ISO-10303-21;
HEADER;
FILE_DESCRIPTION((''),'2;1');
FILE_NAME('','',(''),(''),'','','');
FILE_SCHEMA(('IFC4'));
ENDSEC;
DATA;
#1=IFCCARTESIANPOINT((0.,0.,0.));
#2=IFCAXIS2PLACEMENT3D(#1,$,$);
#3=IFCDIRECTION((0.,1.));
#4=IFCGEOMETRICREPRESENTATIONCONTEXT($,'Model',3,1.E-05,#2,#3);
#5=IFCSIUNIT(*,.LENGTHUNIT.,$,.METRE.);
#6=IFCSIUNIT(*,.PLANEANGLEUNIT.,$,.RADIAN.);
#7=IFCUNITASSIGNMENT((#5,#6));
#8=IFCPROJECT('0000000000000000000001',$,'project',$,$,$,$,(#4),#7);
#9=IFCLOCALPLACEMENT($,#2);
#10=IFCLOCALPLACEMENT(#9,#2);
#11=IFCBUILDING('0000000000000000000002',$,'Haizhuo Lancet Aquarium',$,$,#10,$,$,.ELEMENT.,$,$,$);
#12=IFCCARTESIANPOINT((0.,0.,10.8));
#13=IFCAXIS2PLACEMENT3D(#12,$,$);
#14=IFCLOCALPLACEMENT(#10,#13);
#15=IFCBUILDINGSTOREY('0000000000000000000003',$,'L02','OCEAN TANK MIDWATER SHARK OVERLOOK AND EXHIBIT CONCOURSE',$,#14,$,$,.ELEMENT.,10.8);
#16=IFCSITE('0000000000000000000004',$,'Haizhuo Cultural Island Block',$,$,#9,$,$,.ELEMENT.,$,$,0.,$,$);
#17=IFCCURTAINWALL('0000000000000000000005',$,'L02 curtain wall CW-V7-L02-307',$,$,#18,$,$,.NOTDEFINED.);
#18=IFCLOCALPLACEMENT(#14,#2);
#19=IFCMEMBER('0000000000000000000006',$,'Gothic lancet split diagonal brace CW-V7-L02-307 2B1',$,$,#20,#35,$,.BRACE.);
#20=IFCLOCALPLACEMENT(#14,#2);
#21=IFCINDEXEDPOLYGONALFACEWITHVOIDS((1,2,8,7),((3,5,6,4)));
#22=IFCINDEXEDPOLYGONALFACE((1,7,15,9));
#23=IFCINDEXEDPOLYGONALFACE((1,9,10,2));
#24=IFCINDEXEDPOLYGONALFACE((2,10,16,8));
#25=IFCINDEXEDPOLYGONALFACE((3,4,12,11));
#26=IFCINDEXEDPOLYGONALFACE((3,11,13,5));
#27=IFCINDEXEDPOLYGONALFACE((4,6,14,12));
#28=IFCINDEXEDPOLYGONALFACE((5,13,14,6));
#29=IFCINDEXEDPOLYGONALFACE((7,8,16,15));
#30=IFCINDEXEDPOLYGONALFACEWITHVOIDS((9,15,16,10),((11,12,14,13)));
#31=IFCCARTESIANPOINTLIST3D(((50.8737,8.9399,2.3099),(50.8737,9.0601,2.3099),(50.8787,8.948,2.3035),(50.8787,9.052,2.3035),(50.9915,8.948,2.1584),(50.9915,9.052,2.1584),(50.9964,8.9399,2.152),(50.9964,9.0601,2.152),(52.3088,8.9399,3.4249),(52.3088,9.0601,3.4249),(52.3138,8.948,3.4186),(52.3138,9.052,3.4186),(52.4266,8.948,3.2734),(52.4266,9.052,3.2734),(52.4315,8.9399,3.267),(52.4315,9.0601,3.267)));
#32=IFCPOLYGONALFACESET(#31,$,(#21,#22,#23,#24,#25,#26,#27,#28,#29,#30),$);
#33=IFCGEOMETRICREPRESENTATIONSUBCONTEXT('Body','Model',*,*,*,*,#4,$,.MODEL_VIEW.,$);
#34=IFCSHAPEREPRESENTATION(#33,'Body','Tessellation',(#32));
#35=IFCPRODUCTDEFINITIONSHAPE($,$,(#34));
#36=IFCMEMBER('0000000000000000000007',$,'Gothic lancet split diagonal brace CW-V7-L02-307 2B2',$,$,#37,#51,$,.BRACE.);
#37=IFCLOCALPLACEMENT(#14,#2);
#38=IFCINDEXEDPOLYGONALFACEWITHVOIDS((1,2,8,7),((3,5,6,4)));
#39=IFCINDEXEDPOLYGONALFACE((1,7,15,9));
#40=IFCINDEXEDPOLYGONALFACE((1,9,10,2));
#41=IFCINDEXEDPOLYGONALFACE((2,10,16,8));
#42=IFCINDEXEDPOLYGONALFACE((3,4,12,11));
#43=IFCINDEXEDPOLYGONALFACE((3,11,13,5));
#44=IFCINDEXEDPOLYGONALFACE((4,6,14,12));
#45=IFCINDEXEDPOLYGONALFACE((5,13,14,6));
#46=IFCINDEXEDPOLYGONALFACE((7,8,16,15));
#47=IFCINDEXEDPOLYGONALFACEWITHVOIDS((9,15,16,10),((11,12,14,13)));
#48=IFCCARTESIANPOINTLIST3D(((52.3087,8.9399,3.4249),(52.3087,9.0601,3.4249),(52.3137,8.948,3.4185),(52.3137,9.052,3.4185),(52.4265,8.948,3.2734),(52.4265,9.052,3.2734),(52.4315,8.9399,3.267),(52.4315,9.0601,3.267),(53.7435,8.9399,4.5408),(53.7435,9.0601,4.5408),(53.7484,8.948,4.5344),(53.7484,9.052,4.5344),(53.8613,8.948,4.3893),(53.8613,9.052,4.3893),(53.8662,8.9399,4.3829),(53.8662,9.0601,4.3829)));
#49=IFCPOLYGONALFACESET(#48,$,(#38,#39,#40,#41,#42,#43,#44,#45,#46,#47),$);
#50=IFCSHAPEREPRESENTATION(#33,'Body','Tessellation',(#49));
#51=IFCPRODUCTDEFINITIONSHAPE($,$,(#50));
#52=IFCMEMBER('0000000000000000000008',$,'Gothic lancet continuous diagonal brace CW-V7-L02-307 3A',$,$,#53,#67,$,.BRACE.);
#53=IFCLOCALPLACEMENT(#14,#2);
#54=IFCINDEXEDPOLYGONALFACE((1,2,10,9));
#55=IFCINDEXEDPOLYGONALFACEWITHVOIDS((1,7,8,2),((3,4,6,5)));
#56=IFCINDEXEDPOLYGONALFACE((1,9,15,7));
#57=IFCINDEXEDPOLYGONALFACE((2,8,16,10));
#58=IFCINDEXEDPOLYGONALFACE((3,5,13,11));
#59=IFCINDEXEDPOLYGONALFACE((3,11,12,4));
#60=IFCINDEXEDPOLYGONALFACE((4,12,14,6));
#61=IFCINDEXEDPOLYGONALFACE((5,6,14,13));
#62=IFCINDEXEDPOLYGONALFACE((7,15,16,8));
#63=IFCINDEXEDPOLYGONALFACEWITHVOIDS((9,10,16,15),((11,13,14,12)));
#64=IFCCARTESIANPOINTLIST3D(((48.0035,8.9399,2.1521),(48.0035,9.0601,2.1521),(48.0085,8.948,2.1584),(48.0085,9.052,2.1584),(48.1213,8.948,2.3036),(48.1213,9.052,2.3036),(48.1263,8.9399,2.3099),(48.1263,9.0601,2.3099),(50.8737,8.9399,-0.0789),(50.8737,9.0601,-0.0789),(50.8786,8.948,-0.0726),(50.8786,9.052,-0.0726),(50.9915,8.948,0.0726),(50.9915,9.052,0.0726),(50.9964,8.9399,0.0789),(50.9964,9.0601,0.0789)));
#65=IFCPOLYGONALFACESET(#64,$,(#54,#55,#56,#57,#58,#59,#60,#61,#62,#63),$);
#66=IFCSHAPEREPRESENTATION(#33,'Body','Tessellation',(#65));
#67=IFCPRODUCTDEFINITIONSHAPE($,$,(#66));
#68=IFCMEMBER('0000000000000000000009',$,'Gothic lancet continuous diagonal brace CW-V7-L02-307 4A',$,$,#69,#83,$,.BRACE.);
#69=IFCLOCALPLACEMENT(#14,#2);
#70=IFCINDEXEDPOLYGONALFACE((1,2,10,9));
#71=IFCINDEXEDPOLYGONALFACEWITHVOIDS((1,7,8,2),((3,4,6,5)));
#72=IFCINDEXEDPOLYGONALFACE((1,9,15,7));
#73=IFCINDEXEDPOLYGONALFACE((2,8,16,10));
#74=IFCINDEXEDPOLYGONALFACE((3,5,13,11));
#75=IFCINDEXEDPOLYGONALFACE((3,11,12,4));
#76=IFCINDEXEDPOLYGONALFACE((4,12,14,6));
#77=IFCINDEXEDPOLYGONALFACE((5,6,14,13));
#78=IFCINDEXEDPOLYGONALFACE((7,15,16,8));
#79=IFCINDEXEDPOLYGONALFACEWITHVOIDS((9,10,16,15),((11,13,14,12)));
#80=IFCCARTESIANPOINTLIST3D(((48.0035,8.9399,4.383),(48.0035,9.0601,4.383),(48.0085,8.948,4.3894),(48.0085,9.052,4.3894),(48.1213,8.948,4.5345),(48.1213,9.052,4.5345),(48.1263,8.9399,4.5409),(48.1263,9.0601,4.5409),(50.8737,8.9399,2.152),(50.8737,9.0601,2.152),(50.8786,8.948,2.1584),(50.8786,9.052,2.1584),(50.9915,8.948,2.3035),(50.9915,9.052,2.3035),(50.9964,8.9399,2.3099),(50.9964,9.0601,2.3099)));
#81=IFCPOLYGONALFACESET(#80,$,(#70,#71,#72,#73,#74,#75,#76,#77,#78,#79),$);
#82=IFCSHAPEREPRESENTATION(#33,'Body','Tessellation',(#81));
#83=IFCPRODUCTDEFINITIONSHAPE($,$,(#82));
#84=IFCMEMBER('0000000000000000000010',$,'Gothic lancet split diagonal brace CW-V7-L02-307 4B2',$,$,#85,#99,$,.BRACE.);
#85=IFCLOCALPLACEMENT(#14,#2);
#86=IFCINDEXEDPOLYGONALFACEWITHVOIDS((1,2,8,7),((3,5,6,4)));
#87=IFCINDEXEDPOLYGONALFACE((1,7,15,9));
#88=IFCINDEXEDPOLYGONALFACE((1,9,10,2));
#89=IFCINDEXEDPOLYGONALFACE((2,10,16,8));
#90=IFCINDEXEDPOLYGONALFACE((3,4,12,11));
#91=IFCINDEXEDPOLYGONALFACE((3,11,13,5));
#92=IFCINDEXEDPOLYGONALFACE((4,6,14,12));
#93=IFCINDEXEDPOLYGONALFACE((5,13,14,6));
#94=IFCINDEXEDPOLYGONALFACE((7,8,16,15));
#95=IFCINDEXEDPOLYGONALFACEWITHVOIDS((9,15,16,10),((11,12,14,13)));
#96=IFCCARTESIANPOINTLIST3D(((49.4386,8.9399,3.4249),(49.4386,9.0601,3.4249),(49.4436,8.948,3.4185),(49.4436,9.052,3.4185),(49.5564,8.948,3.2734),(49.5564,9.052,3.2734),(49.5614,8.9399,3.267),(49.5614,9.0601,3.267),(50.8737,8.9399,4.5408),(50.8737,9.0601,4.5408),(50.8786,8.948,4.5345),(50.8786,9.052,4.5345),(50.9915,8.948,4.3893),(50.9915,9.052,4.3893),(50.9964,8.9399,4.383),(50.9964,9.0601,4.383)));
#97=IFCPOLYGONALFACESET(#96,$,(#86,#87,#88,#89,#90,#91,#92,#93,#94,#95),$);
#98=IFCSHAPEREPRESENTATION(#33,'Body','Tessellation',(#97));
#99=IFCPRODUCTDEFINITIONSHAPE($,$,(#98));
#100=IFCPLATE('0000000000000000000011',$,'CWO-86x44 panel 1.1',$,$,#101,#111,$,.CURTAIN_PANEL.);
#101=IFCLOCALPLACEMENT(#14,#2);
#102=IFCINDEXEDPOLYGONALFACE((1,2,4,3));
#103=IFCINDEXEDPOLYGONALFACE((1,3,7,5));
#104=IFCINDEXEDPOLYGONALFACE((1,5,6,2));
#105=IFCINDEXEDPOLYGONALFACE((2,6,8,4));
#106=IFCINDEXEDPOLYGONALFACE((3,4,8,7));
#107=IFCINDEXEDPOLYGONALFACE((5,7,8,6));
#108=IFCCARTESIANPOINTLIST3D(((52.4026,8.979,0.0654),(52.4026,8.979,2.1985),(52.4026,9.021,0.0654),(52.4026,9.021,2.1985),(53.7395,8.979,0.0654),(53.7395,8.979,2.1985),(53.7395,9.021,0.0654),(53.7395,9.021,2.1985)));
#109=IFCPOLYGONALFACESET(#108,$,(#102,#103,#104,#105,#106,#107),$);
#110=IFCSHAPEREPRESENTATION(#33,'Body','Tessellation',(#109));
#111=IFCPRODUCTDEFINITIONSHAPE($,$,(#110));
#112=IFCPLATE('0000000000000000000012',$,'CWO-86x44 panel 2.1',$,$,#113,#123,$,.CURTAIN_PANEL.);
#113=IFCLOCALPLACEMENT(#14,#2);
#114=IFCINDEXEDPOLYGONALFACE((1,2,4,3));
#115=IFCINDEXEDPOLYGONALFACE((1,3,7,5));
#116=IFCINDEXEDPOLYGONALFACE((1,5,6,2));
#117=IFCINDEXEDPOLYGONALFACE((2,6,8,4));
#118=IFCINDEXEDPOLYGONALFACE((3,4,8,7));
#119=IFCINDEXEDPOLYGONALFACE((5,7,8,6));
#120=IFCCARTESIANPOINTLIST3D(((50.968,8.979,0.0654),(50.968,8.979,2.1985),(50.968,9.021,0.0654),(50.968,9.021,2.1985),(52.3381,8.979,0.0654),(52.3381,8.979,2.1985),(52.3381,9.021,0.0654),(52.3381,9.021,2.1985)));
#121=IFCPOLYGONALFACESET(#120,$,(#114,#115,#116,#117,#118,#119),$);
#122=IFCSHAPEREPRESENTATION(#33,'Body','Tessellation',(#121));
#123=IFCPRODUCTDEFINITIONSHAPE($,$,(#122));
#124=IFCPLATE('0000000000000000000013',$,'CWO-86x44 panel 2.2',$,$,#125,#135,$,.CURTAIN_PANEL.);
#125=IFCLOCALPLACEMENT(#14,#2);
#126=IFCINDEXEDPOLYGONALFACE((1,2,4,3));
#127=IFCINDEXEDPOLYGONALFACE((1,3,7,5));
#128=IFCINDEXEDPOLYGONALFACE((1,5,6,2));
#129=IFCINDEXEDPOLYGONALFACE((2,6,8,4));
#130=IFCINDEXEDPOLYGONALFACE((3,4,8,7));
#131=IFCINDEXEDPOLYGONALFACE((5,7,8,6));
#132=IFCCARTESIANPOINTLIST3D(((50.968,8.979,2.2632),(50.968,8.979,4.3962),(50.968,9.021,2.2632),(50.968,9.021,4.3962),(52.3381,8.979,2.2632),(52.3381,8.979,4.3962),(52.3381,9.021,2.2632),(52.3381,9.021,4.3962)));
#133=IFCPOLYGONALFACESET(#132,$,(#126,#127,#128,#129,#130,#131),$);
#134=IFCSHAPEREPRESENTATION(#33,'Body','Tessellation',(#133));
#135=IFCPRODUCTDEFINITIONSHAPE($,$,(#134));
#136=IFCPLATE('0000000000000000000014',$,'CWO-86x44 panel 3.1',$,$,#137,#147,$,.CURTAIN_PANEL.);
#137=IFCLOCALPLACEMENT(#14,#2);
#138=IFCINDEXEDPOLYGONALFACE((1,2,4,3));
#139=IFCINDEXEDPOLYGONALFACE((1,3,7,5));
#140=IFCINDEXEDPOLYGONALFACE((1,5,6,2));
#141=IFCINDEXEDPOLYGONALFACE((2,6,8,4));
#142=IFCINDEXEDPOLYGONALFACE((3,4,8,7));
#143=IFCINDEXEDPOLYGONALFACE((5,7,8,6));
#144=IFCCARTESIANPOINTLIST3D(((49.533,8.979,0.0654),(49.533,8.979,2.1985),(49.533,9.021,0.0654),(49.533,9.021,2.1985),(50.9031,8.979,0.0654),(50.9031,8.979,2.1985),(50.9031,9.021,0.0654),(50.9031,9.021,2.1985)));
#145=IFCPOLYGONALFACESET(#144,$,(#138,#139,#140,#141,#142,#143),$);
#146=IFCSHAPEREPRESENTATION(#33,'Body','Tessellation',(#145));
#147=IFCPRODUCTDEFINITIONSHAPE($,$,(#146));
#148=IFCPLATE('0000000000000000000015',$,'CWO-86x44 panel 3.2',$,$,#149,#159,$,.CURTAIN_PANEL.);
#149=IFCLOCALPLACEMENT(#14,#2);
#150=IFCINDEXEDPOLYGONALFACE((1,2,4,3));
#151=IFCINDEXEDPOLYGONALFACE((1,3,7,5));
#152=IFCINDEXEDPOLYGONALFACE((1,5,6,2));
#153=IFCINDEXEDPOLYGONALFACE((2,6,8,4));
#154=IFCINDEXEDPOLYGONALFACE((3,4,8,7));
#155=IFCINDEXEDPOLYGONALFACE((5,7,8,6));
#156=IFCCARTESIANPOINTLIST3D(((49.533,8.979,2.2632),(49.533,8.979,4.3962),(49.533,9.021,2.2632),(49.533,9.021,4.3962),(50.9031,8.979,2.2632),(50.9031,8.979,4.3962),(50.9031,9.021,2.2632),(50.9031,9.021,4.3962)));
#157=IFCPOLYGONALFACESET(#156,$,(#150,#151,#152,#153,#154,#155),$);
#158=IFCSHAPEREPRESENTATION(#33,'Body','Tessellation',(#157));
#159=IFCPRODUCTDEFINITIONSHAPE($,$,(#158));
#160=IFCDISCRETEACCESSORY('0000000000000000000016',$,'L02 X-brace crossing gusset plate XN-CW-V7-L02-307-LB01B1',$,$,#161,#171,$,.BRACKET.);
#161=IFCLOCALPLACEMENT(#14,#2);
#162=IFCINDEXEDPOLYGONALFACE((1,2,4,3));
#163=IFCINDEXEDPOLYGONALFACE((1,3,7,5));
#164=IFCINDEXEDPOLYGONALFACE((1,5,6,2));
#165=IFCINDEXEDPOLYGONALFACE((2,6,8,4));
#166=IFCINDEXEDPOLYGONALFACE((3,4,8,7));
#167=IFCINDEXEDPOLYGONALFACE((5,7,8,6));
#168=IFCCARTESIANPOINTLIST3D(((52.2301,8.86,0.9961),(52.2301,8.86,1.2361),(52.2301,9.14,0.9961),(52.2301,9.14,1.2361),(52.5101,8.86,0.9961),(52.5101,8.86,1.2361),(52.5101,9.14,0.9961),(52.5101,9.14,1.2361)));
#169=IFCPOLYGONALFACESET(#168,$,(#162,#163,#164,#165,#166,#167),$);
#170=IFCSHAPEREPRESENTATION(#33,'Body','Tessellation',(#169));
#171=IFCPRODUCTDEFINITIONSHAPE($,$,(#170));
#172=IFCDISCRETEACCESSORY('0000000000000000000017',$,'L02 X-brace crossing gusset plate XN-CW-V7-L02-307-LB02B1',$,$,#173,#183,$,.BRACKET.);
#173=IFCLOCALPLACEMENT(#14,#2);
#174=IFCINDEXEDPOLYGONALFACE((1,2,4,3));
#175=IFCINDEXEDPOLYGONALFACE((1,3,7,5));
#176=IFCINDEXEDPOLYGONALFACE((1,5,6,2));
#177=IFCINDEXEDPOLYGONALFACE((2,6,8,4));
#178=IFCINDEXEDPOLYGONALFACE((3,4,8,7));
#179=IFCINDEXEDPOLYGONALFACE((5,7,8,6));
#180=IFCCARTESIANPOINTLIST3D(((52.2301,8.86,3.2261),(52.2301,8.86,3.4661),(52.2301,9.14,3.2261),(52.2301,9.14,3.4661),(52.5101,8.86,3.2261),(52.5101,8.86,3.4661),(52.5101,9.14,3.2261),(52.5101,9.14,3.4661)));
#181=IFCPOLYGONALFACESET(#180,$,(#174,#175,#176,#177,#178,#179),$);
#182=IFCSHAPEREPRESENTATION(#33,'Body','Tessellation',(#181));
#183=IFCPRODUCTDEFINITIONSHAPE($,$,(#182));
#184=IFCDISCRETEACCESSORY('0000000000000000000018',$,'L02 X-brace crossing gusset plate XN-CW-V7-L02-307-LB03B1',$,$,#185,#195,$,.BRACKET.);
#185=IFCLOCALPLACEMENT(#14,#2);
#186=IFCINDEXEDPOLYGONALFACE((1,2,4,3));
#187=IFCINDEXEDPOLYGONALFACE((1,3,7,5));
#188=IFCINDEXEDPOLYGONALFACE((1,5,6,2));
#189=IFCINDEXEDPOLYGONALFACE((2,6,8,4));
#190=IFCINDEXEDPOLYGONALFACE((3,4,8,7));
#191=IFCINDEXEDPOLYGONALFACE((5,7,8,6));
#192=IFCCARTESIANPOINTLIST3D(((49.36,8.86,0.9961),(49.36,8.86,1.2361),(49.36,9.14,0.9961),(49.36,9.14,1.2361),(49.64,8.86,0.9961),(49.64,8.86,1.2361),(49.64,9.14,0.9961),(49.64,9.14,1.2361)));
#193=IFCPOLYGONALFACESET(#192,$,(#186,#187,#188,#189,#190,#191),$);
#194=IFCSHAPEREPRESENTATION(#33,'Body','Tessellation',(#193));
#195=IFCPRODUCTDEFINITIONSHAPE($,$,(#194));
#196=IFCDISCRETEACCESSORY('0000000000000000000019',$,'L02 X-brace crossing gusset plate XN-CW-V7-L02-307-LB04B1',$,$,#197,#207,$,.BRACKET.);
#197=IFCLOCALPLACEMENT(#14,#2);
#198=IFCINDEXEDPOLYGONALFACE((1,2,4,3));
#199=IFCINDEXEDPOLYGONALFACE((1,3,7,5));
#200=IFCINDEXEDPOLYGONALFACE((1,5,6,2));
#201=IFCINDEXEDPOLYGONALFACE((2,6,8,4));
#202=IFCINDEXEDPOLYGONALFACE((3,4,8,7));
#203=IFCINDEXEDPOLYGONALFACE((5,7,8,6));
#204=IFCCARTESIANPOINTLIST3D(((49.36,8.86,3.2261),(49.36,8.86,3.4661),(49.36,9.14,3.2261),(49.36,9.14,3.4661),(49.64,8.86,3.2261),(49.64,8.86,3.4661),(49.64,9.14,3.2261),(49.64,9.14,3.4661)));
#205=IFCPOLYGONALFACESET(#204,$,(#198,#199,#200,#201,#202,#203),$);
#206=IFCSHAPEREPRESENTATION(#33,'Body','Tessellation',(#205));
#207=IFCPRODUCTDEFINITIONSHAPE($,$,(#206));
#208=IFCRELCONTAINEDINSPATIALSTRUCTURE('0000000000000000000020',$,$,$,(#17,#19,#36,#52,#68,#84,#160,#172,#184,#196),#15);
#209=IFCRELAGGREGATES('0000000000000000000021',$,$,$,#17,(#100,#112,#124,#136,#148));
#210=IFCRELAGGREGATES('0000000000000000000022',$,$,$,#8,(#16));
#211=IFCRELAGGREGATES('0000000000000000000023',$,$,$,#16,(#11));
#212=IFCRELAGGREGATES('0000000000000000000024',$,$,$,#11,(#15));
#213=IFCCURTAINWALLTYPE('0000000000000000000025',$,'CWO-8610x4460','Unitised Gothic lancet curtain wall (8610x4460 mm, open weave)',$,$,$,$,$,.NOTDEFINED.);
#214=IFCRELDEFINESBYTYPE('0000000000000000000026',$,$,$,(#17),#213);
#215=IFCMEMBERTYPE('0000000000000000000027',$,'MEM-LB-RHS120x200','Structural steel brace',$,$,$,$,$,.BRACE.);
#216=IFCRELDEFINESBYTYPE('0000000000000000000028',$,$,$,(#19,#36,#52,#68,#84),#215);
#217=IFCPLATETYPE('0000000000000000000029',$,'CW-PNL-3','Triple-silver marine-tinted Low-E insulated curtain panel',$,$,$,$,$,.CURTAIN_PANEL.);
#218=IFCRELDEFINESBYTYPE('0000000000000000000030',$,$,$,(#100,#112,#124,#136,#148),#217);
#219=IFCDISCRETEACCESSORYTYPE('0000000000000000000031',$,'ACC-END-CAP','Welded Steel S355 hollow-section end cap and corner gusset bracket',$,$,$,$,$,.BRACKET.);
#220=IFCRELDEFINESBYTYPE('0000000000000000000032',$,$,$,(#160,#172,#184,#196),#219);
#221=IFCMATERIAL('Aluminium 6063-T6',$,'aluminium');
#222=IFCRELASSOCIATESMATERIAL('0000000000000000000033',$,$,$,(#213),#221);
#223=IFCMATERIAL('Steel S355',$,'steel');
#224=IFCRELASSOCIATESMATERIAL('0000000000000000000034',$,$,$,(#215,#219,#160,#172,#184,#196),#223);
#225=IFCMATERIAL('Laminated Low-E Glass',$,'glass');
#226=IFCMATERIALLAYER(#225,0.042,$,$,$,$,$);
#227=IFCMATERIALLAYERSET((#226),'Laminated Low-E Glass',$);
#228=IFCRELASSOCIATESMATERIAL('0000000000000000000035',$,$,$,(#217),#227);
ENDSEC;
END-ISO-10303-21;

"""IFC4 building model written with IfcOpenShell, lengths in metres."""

from ifc_helpers import new_model, si_unit, direction, frame, origin, origin_2d, place, context, subcontext, project, spatial, rectangle, hollow_rectangle, extrude, material, layer, layer_set, material_profile, profile_set, type_object, element, aggregate, save


model = new_model("IFC4")

# Units and contexts
model_context = context("Model", 3, precision=1e-05, world=origin(), true_north=direction((0.0, 1.0)))
body_context = subcontext(model_context, "Body", "Model", "MODEL_VIEW")
ifc_project = project(units=[si_unit("LENGTHUNIT", "METRE"), si_unit("PLANEANGLEUNIT", "RADIAN")], contexts=[model_context])

# Site, building, storey
site_placement = place(None, origin())
site = spatial("IfcSite", under=ifc_project, at=site_placement, Name="Haizhuo Cultural Island Block", CompositionType="ELEMENT", RefElevation=0.0)
building_placement = place(site_placement, origin())
building = spatial("IfcBuilding", under=site, at=building_placement, Name="Haizhuo Lancet Aquarium", CompositionType="ELEMENT")
storey_placement = place(building_placement, frame((0.0, 0.0, 10.8)))
storey = spatial("IfcBuildingStorey", under=building, at=storey_placement, Name="L02", Description="OCEAN TANK MIDWATER SHARK OVERLOOK AND EXHIBIT CONCOURSE", CompositionType="ELEMENT", Elevation=10.8)

# Curtain wall
ifc_material_1 = material(Name="Aluminium 6063-T6", Category="aluminium")
curtain_wall_type = type_object("IfcCurtainWallType", Name="CWO-8610x4460", Description="Unitised Gothic lancet curtain wall (8610x4460 mm, open weave)", PredefinedType="NOTDEFINED", material=ifc_material_1)
curtain_wall_placement = place(storey_placement, origin())
curtain_wall = element("IfcCurtainWall", 1, at=curtain_wall_placement, inside=storey, type_object=curtain_wall_type, Name="L02 curtain wall CW-V7-L02-307", PredefinedType="NOTDEFINED")

# Members
ifc_material_2 = material(Name="Steel S355", Category="steel")
ifc_material_profile_1 = material_profile(ifc_material_2, hollow_rectangle(XDim=0.1201, YDim=0.2, WallThickness=0.0081, at=origin_2d()), Name="RHS 120x200x8")
ifc_profile_set_1 = profile_set([ifc_material_profile_1], Name="Steel S355")
member_type_1 = type_object("IfcMemberType", Name="MEM-LB-RHS120x200", Description="Structural steel brace", PredefinedType="BRACE", material=ifc_profile_set_1)
member_1_placement = place(storey_placement, frame((50.9351, 9.0, 2.231), z_axis=(0.789663, 0.0, 0.613541), x_axis=(0.0, 1.0, 0.0)))
element("IfcMember", 2, at=member_1_placement, inside=storey, type_object=member_type_1, Name="Gothic lancet split diagonal brace CW-V7-L02-307 2B1", PredefinedType="BRACE", context=body_context, shape_type="SweptSolid", body=[
    extrude(hollow_rectangle(XDim=0.1201, YDim=0.2, WallThickness=0.0081, at=origin_2d()), origin(), (0.0, 0.0, 1.0), 1.8174),
])
member_2_placement = place(storey_placement, frame((52.3701, 9.0, 3.3459), z_axis=(0.789352, 0.0, 0.613941), x_axis=(0.0, 1.0, 0.0)))
element("IfcMember", 3, at=member_2_placement, inside=storey, type_object=member_type_1, Name="Gothic lancet split diagonal brace CW-V7-L02-307 2B2", PredefinedType="BRACE", context=body_context, shape_type="SweptSolid", body=[
    extrude(hollow_rectangle(XDim=0.1201, YDim=0.2, WallThickness=0.0081, at=origin_2d()), origin(), (0.0, 0.0, 1.0), 1.8176),
])
for number, where, z_axis, x_axis, name in (
    (4, (50.9351, 9.0, 0.0), (-0.789533, 0.0, 0.613708), (0.0, -1.0, 0.0), "Gothic lancet continuous diagonal brace CW-V7-L02-307 3A"),
    (5, (50.9351, 9.0, 2.231), (-0.789533, 0.0, 0.613708), (0.0, -1.0, 0.0), "Gothic lancet continuous diagonal brace CW-V7-L02-307 4A"),
):
    element("IfcMember", number, at=place(storey_placement, frame(where, z_axis=z_axis, x_axis=x_axis)), inside=storey, type_object=member_type_1, Name=name, PredefinedType="BRACE", context=body_context, shape_type="SweptSolid", body=[
        extrude(hollow_rectangle(XDim=0.1201, YDim=0.2, WallThickness=0.0081, at=origin_2d()), origin(), (0.0, 0.0, 1.0), 3.6353),
    ])
member_3_placement = place(storey_placement, frame((49.5, 9.0, 3.3459), z_axis=(0.789403, 0.0, 0.613876), x_axis=(0.0, 1.0, 0.0)))
element("IfcMember", 6, at=member_3_placement, inside=storey, type_object=member_type_1, Name="Gothic lancet split diagonal brace CW-V7-L02-307 4B2", PredefinedType="BRACE", context=body_context, shape_type="SweptSolid", body=[
    extrude(hollow_rectangle(XDim=0.1201, YDim=0.2, WallThickness=0.0081, at=origin_2d()), origin(), (0.0, 0.0, 1.0), 1.8179),
])

# Plates
ifc_material_3 = material(Name="Laminated Low-E Glass", Category="glass")
ifc_layer = layer(ifc_material_3, 0.042)
ifc_layer_set = layer_set([ifc_layer], Name="Laminated Low-E Glass")
plate_type = type_object("IfcPlateType", Name="CW-PNL-3", Description="Triple-silver marine-tinted Low-E insulated curtain panel", PredefinedType="CURTAIN_PANEL", material=ifc_layer_set)
plate_1_placement = place(storey_placement, frame((53.071, 9.0, 0.0654), z_axis=(0.0, 0.0, 1.0), x_axis=(-1.0, 0.0, 0.0)))
plate_1 = element("IfcPlate", 7, at=plate_1_placement, type_object=plate_type, Name="CWO-86x44 panel 1.1", PredefinedType="CURTAIN_PANEL", context=body_context, shape_type="SweptSolid", body=[
    extrude(rectangle(XDim=1.3369, YDim=0.042, at=origin_2d()), origin(), (0.0, 0.0, 1.0), 2.1331),
])
plate_2_placement = place(storey_placement, frame((51.6531, 9.0, 0.0654), z_axis=(0.0, 0.0, 1.0), x_axis=(-1.0, 0.0, 0.0)))
plate_2 = element("IfcPlate", 8, at=plate_2_placement, type_object=plate_type, Name="CWO-86x44 panel 2.1", PredefinedType="CURTAIN_PANEL", context=body_context, shape_type="SweptSolid", body=[
    extrude(rectangle(XDim=1.3701, YDim=0.042, at=origin_2d()), origin(), (0.0, 0.0, 1.0), 2.1331),
])
plate_3_placement = place(storey_placement, frame((51.6531, 9.0, 2.2632), z_axis=(0.0, 0.0, 1.0), x_axis=(-1.0, 0.0, 0.0)))
plate_3 = element("IfcPlate", 9, at=plate_3_placement, type_object=plate_type, Name="CWO-86x44 panel 2.2", PredefinedType="CURTAIN_PANEL", context=body_context, shape_type="SweptSolid", body=[
    extrude(rectangle(XDim=1.3701, YDim=0.042, at=origin_2d()), origin(), (0.0, 0.0, 1.0), 2.1331),
])
plate_4_placement = place(storey_placement, frame((50.218, 9.0, 0.0654), z_axis=(0.0, 0.0, 1.0), x_axis=(-1.0, 0.0, 0.0)))
plate_4 = element("IfcPlate", 10, at=plate_4_placement, type_object=plate_type, Name="CWO-86x44 panel 3.1", PredefinedType="CURTAIN_PANEL", context=body_context, shape_type="SweptSolid", body=[
    extrude(rectangle(XDim=1.3701, YDim=0.042, at=origin_2d()), origin(), (0.0, 0.0, 1.0), 2.1331),
])
plate_5_placement = place(storey_placement, frame((50.218, 9.0, 2.2632), z_axis=(0.0, 0.0, 1.0), x_axis=(-1.0, 0.0, 0.0)))
plate_5 = element("IfcPlate", 11, at=plate_5_placement, type_object=plate_type, Name="CWO-86x44 panel 3.2", PredefinedType="CURTAIN_PANEL", context=body_context, shape_type="SweptSolid", body=[
    extrude(rectangle(XDim=1.3701, YDim=0.042, at=origin_2d()), origin(), (0.0, 0.0, 1.0), 2.1331),
])
aggregate(curtain_wall, [plate_1, plate_2, plate_3, plate_4, plate_5])

# Discrete accessories
discrete_accessory_type = type_object("IfcDiscreteAccessoryType", Name="ACC-END-CAP", Description="Welded Steel S355 hollow-section end cap and corner gusset bracket", PredefinedType="BRACKET", material=ifc_material_2)
for number, where, z_axis, x_axis, name in (
    (12, (52.3701, 9.0, 0.9961), (0.0, 0.0, 1.0), (1.0, 0.0, 0.0), "L02 X-brace crossing gusset plate XN-CW-V7-L02-307-LB01B1"),
    (13, (52.3701, 9.0, 3.2261), (0.0, 0.0, 1.0), (1.0, 0.0, 0.0), "L02 X-brace crossing gusset plate XN-CW-V7-L02-307-LB02B1"),
    (14, (49.5, 9.0, 0.9961), (0.0, 0.0, 1.0), (1.0, 0.0, 0.0), "L02 X-brace crossing gusset plate XN-CW-V7-L02-307-LB03B1"),
    (15, (49.5, 9.0, 3.2261), (0.0, 0.0, 1.0), (1.0, 0.0, 0.0), "L02 X-brace crossing gusset plate XN-CW-V7-L02-307-LB04B1"),
):
    element("IfcDiscreteAccessory", number, at=place(storey_placement, frame(where, z_axis=z_axis, x_axis=x_axis)), inside=storey, type_object=discrete_accessory_type, material=ifc_material_2, Name=name, PredefinedType="BRACKET", context=body_context, shape_type="SweptSolid", body=[
        extrude(rectangle(XDim=0.28, YDim=0.28, at=origin_2d()), origin(), (0.0, 0.0, 1.0), 0.24),
    ])

save(model, "model.ifc")
